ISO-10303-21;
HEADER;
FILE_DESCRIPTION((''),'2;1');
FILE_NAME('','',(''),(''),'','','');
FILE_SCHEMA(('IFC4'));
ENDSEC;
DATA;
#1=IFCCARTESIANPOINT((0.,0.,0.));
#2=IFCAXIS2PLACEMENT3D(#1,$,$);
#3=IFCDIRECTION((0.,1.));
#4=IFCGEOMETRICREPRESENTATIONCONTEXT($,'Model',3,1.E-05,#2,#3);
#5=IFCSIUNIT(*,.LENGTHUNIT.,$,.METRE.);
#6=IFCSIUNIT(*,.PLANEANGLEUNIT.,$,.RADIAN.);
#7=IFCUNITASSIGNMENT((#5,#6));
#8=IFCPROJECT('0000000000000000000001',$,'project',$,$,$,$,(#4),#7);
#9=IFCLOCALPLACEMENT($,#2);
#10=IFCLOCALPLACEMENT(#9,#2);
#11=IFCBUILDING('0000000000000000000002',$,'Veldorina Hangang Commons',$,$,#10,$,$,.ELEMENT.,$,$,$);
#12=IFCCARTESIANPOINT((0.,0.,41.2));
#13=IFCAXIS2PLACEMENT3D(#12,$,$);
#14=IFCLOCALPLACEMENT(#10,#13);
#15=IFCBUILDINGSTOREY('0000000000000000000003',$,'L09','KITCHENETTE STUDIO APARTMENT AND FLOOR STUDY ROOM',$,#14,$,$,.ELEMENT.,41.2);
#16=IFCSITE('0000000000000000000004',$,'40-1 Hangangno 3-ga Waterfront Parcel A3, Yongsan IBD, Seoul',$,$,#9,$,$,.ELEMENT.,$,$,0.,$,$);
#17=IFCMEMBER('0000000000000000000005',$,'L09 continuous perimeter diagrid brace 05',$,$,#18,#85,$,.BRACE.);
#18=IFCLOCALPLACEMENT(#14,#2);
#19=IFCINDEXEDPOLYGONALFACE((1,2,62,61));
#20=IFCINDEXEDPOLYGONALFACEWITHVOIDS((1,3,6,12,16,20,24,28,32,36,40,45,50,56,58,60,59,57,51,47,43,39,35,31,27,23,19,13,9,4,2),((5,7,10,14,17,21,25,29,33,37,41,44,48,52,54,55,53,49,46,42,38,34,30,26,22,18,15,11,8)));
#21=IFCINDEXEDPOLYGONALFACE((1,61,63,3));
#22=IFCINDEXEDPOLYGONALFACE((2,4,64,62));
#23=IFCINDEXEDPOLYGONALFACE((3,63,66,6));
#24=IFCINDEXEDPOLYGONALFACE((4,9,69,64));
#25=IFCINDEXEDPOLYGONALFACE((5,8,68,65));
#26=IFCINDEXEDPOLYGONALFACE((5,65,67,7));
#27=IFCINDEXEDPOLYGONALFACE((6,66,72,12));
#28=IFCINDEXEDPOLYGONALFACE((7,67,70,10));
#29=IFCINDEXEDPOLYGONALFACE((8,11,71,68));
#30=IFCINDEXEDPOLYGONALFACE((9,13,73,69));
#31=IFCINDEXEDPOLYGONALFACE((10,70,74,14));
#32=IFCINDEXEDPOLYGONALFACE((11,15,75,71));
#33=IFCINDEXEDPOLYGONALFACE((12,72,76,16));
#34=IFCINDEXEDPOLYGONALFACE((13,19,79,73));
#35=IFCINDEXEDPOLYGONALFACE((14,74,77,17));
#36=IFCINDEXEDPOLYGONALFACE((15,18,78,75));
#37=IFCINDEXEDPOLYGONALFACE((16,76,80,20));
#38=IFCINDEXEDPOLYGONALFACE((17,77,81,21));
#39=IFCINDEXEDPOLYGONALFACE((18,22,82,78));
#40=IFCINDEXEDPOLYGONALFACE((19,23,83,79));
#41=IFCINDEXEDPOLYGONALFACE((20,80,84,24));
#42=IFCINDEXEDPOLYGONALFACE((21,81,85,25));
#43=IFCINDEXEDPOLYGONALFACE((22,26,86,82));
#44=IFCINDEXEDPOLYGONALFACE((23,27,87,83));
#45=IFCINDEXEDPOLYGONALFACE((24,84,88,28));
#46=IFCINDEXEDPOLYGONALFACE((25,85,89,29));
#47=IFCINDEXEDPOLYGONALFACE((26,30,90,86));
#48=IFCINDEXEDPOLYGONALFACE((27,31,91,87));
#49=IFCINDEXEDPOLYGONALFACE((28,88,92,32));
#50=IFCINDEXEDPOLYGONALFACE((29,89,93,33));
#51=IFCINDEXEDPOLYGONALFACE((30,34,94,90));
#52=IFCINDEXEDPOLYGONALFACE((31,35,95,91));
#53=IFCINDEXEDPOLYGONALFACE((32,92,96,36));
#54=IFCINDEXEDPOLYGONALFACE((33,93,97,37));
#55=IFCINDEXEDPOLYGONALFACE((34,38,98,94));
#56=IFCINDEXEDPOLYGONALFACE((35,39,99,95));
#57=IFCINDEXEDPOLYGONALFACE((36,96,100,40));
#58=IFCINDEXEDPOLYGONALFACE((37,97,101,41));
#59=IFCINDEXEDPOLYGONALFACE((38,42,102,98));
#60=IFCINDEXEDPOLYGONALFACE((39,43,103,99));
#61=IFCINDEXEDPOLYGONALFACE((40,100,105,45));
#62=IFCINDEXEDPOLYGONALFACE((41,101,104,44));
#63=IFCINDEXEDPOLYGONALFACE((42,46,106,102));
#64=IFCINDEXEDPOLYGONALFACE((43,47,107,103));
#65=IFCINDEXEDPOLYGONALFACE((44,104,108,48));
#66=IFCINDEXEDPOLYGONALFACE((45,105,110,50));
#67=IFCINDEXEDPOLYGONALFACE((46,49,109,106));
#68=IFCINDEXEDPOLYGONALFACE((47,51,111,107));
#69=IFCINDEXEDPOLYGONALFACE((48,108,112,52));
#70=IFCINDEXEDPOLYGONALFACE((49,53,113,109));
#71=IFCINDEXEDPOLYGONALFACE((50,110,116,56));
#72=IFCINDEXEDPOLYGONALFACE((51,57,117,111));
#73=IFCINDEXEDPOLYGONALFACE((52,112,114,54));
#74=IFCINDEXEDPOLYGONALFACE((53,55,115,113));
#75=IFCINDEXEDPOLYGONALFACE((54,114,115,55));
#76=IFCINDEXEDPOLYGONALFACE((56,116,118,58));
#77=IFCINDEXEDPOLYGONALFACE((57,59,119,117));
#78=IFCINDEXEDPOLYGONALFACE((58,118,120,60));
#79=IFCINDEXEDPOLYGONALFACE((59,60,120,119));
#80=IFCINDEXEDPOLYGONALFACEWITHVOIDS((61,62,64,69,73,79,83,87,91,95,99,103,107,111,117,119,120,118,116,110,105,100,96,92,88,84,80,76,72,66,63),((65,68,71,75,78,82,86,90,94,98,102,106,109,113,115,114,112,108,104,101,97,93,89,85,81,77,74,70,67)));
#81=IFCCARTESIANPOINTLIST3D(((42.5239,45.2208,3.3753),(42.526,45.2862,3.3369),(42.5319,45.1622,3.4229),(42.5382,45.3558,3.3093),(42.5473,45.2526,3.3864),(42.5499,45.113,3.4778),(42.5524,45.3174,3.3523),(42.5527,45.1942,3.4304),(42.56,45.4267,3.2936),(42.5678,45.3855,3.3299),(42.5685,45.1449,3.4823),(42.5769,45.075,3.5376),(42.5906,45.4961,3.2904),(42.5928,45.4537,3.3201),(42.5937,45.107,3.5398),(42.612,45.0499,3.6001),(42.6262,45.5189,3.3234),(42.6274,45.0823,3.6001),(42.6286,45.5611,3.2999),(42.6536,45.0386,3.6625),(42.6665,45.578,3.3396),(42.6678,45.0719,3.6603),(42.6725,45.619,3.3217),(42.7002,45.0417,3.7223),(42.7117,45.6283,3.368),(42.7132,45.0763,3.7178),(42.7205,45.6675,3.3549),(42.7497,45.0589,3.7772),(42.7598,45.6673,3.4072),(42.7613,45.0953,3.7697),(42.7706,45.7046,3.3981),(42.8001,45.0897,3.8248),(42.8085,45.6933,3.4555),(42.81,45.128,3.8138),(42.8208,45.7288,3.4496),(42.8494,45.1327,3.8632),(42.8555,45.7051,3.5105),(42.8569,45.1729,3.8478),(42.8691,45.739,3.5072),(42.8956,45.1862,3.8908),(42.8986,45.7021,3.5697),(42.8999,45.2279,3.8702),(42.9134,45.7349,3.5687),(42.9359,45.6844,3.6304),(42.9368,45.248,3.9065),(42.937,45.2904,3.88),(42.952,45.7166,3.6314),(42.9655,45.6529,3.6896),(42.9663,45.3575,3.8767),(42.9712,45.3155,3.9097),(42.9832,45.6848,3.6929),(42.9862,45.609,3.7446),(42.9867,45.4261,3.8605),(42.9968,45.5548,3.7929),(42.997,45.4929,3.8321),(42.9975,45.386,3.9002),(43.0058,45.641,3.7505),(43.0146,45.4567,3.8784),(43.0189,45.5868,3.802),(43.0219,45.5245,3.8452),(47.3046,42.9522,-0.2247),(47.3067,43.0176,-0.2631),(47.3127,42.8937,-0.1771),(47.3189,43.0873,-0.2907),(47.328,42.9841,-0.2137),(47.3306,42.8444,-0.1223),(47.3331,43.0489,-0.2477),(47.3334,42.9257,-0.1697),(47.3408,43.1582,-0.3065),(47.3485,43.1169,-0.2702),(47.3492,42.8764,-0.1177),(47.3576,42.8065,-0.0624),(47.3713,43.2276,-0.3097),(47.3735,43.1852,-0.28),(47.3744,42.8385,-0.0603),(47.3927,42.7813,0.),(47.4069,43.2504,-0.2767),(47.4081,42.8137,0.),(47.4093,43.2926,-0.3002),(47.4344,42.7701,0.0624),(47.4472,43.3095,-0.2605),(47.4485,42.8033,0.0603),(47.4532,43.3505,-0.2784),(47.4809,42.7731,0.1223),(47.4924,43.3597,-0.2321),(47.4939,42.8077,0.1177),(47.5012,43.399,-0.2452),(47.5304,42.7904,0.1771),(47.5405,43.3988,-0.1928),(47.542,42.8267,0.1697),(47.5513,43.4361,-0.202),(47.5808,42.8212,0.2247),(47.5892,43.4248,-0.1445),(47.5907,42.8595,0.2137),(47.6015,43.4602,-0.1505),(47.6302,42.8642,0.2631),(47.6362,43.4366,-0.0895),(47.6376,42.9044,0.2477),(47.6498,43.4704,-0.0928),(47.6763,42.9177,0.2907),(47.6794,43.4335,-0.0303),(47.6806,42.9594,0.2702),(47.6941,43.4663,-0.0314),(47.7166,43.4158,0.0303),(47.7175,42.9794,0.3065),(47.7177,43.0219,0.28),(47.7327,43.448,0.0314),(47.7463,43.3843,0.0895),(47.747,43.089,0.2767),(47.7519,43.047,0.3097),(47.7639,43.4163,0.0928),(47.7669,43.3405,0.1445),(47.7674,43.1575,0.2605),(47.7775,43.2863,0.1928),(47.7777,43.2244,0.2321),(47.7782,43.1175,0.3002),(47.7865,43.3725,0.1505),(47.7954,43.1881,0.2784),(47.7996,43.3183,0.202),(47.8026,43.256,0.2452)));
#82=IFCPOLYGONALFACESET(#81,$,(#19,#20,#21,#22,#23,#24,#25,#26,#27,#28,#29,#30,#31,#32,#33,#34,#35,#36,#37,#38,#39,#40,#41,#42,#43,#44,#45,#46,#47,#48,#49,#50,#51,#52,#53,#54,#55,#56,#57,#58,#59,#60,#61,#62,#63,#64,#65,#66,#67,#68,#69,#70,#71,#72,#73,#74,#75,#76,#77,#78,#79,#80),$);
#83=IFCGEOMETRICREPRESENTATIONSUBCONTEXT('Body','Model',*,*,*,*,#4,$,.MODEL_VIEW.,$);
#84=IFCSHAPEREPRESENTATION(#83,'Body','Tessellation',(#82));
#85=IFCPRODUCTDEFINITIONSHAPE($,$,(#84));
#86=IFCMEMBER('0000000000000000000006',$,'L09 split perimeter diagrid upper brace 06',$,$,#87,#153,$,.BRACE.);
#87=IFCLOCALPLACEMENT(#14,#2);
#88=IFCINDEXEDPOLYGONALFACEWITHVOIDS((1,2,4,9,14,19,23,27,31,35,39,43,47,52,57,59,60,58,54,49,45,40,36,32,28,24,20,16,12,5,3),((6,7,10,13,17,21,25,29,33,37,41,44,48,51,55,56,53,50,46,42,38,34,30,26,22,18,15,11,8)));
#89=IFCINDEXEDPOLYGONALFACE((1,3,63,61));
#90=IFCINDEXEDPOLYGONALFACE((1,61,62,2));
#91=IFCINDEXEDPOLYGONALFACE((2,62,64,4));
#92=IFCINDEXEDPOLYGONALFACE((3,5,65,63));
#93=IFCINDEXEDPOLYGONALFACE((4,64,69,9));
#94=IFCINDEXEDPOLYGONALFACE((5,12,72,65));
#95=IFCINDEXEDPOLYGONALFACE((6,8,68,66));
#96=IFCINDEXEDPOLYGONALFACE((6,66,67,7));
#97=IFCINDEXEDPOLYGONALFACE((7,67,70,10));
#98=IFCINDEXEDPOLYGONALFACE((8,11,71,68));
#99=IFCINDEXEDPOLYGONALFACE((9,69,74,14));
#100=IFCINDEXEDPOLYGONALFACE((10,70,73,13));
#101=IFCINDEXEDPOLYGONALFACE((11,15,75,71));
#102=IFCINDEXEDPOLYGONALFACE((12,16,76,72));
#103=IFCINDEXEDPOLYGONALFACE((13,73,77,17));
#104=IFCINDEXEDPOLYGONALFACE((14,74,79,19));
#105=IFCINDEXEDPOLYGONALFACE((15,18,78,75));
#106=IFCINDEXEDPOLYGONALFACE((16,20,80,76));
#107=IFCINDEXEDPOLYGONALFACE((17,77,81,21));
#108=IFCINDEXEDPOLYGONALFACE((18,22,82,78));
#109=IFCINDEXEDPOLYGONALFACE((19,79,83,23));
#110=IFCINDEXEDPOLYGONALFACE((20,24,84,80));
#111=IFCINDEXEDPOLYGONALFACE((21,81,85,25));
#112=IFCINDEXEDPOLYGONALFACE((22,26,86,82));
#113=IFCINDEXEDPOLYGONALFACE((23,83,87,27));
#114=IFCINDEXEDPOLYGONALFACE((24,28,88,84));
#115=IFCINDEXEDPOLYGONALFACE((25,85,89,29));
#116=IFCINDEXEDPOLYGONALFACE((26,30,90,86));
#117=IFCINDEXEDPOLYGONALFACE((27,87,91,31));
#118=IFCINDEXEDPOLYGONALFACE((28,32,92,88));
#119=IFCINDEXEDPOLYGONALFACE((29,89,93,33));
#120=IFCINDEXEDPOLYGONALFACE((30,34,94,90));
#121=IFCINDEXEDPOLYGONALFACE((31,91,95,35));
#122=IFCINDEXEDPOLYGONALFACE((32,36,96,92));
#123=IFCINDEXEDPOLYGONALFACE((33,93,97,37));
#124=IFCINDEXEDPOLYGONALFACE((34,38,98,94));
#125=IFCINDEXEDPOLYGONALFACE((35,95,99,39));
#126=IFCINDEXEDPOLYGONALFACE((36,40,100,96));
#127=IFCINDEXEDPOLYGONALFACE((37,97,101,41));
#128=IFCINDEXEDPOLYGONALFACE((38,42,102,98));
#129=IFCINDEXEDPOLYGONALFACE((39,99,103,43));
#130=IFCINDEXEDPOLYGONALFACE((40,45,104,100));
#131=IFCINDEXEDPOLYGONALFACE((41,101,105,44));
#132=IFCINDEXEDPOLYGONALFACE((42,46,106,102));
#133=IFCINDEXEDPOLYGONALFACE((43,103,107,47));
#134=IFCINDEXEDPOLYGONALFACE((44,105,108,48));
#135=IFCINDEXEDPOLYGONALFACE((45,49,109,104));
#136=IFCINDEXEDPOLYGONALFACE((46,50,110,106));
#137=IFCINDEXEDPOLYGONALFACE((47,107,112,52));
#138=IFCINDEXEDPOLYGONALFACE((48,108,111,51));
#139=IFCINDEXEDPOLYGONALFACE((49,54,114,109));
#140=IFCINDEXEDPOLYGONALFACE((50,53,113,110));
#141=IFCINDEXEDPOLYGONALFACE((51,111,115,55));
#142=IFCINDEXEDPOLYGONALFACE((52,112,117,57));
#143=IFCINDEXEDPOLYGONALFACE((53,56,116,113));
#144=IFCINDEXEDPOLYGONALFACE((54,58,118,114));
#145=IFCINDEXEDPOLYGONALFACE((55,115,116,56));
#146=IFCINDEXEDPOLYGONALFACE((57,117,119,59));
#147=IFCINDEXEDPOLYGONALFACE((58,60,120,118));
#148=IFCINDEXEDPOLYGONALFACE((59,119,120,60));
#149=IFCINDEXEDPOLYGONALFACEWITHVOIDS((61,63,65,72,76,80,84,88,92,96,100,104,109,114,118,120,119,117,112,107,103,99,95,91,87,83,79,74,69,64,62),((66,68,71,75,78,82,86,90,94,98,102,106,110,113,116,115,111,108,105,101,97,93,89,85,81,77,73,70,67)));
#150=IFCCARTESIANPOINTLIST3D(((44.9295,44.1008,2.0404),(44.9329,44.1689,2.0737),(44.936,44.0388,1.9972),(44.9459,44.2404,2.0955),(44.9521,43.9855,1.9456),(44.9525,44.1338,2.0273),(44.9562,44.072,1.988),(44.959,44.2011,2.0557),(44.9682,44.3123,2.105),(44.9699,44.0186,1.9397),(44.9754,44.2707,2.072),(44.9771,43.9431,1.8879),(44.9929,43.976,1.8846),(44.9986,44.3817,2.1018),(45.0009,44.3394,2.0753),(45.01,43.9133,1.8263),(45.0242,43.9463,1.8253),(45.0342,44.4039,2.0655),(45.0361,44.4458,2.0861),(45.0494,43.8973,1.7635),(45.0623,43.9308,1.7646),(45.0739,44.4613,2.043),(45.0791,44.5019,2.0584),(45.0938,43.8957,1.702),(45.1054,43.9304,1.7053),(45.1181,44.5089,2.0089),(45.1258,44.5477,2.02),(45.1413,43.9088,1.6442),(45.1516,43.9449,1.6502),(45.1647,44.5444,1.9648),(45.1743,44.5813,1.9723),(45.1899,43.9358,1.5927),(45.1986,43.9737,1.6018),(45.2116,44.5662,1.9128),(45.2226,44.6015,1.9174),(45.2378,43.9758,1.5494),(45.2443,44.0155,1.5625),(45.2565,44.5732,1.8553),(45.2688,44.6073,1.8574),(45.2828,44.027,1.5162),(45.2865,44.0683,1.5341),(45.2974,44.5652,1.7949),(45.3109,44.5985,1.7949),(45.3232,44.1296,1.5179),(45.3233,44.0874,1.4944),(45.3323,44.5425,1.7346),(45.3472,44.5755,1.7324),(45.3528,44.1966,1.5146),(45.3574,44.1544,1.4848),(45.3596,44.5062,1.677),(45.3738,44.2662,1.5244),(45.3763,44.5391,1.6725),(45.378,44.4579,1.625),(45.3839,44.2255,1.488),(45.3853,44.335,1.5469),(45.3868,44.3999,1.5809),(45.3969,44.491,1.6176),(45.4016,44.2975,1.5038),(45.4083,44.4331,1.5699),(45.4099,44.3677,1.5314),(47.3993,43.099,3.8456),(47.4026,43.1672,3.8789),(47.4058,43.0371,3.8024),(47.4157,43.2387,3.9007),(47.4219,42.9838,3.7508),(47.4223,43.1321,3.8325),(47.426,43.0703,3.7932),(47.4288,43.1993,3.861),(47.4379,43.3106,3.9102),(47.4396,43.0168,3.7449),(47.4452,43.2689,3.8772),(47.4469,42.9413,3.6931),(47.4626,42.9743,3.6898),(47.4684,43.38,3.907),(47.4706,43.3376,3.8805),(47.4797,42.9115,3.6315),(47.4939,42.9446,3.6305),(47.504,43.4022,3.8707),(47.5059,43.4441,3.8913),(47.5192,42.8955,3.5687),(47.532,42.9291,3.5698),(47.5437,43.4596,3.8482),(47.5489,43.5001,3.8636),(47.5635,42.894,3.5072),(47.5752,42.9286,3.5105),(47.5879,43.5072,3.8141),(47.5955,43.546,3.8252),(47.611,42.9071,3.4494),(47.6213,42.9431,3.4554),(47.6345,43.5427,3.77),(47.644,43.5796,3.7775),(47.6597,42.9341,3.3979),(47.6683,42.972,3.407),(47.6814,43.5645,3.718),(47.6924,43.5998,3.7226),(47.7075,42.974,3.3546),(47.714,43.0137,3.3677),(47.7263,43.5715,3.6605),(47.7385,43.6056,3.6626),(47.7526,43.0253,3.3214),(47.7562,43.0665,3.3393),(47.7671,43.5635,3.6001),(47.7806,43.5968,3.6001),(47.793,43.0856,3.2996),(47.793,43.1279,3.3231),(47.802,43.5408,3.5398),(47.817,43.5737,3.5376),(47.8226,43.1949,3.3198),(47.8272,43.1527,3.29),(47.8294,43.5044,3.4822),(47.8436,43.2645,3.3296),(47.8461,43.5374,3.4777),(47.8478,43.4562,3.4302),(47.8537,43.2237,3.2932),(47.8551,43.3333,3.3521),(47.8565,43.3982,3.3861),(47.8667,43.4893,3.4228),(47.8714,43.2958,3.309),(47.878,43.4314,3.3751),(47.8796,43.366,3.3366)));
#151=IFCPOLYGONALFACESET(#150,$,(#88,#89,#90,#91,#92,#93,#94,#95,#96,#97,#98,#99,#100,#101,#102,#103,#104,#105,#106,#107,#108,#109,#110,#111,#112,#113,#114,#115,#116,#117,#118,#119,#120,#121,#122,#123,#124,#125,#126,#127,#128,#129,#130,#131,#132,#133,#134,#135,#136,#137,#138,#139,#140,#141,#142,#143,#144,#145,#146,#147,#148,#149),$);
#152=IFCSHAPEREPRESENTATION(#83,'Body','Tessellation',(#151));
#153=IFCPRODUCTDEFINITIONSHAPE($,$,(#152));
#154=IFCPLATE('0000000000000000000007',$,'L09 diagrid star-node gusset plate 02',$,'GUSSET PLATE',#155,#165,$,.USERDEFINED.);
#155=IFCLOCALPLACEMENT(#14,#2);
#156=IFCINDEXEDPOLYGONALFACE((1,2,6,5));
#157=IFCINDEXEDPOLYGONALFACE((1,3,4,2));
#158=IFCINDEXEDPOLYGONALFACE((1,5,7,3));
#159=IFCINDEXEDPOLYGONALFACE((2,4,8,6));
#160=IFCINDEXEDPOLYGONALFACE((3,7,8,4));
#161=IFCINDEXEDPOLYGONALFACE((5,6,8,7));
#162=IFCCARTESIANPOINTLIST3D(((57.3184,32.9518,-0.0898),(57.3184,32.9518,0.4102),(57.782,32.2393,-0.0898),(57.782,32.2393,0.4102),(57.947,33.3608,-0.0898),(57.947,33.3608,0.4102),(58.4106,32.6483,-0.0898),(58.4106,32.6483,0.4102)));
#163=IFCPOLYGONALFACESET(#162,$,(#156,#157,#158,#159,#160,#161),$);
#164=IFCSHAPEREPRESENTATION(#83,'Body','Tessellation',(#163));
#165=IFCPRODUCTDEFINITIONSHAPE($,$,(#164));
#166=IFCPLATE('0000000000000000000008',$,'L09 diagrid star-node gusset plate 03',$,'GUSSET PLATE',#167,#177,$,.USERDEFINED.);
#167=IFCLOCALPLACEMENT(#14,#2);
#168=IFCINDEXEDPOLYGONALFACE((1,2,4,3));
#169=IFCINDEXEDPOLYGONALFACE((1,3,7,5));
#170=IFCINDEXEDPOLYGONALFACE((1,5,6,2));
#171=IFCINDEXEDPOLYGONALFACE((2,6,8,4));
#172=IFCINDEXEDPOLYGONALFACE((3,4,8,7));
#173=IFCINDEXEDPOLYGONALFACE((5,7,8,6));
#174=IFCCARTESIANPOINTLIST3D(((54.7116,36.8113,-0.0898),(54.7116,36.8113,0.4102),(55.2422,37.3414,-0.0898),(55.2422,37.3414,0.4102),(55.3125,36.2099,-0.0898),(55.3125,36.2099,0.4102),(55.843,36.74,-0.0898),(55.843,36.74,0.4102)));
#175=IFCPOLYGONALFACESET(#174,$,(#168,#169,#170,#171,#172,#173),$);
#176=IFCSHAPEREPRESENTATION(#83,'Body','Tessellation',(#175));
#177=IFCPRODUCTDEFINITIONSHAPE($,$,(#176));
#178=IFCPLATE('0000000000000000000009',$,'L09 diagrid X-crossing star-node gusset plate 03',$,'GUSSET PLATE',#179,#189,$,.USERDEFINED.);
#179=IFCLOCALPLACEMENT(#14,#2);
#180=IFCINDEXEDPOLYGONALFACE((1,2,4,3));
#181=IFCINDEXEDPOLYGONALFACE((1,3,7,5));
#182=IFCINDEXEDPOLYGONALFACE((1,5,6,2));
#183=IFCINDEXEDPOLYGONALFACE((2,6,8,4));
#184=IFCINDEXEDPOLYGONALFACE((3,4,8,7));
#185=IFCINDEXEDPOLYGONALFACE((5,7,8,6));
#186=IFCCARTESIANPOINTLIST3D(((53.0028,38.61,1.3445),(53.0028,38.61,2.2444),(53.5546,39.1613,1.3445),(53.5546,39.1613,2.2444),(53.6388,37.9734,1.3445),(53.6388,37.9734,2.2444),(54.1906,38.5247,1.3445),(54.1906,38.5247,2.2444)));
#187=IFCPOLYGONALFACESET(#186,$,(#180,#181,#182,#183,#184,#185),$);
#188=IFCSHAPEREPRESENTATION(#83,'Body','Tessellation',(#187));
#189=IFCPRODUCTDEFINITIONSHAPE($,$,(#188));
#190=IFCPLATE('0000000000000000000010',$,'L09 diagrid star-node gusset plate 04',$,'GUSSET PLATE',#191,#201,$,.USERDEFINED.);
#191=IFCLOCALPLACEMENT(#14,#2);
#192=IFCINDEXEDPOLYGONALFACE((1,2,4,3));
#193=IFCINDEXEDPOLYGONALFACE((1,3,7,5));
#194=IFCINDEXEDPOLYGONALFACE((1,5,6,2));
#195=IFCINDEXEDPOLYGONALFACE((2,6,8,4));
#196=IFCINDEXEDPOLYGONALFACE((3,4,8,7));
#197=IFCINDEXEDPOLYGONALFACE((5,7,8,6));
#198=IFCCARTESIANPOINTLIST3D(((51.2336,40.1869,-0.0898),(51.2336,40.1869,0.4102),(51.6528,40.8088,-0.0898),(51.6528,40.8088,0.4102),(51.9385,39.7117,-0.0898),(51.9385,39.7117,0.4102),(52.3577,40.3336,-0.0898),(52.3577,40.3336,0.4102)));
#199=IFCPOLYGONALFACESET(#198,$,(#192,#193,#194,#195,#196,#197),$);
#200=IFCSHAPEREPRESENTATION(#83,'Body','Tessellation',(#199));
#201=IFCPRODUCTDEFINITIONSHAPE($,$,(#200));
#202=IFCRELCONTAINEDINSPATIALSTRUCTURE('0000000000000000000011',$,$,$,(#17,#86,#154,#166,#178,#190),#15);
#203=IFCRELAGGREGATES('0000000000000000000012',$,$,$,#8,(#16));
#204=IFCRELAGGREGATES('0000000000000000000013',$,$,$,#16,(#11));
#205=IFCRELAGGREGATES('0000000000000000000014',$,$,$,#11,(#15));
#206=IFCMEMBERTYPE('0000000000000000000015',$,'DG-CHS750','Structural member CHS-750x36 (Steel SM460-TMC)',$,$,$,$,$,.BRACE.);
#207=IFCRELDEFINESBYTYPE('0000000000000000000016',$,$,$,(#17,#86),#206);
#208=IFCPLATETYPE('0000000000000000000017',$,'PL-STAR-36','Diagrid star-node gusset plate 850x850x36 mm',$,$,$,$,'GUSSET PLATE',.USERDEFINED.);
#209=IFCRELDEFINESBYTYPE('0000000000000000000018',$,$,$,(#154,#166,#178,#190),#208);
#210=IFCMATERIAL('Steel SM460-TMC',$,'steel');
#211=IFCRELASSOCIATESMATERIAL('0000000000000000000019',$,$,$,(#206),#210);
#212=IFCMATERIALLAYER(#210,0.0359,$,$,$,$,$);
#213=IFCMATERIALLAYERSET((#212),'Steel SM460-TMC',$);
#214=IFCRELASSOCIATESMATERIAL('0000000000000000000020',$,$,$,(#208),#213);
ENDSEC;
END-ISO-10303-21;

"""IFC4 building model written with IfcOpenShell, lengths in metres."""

from ifc_helpers import new_model, si_unit, direction, frame, origin, origin_2d, place, context, subcontext, project, spatial, rectangle, hollow_circle, extrude, material, layer, layer_set, material_profile, profile_set, type_object, element, save


model = new_model("IFC4")

# Units and contexts
model_context = context("Model", 3, precision=1e-05, world=origin(), true_north=direction((0.0, 1.0)))
body_context = subcontext(model_context, "Body", "Model", "MODEL_VIEW")
ifc_project = project(units=[si_unit("LENGTHUNIT", "METRE"), si_unit("PLANEANGLEUNIT", "RADIAN")], contexts=[model_context])

# Site, building, storey
site_placement = place(None, origin())
site = spatial("IfcSite", under=ifc_project, at=site_placement, Name="40-1 Hangangno 3-ga Waterfront Parcel A3, Yongsan IBD, Seoul", CompositionType="ELEMENT", RefElevation=0.0)
building_placement = place(site_placement, origin())
building = spatial("IfcBuilding", under=site, at=building_placement, Name="Veldorina Hangang Commons", CompositionType="ELEMENT")
storey_placement = place(building_placement, frame((0.0, 0.0, 41.2)))
storey = spatial("IfcBuildingStorey", under=building, at=storey_placement, Name="L09", Description="KITCHENETTE STUDIO APARTMENT AND FLOOR STUDY ROOM", CompositionType="ELEMENT", Elevation=41.2)

# Shared definitions
ifc_material_1 = material(Name="Steel SM460-TMC", Category="steel")

# Members
ifc_material_profile_1 = material_profile(ifc_material_1, hollow_circle(Radius=0.375, WallThickness=0.0359, at=origin_2d()), Name="CHS-750x36")
ifc_profile_set_1 = profile_set([ifc_material_profile_1], Name="Steel SM460-TMC")
member_type = type_object("IfcMemberType", Name="DG-CHS750", Description="Structural member CHS-750x36 (Steel SM460-TMC)", PredefinedType="BRACE", material=ifc_profile_set_1)
member_1_placement = place(storey_placement, frame((47.5535, 43.1201, 0.0), z_axis=(-0.746969, 0.35445, 0.562497), x_axis=(-0.428701, -0.903446, 0.0)))
element("IfcMember", 1, at=member_1_placement, inside=storey, type_object=member_type, Name="L09 continuous perimeter diagrid brace 05", PredefinedType="BRACE", context=body_context, shape_type="SweptSolid", body=[
    extrude(hollow_circle(Radius=0.375, WallThickness=0.0359, at=origin_2d()), origin(), (0.0, 0.0, 1.0), 6.4001),
])
member_2_placement = place(storey_placement, frame((45.1699, 44.251, 1.7949), z_axis=(0.767246, -0.311191, 0.560797), x_axis=(0.375856, 0.926678, 0.0)))
element("IfcMember", 2, at=member_2_placement, inside=storey, type_object=member_type, Name="L09 split perimeter diagrid upper brace 06", PredefinedType="BRACE", context=body_context, shape_type="SweptSolid", body=[
    extrude(hollow_circle(Radius=0.375, WallThickness=0.0359, at=origin_2d()), origin(), (0.0, 0.0, 1.0), 3.219),
])

# Plates
ifc_layer_1 = layer(ifc_material_1, 0.0359)
ifc_layer_set_1 = layer_set([ifc_layer_1], Name="Steel SM460-TMC")
plate_type = type_object("IfcPlateType", Name="PL-STAR-36", Description="Diagrid star-node gusset plate 850x850x36 mm", ElementType="GUSSET PLATE", PredefinedType="USERDEFINED", material=ifc_layer_set_1)
for number, where, z_axis, x_axis, name in (
    (3, (57.8645, 32.8, -0.0898), (0.0, 0.0, 1.0), (-0.545429, 0.838157, 0.0), "L09 diagrid star-node gusset plate 02"),
    (4, (55.2773, 36.7756, -0.0898), (0.0, 0.0, 1.0), (-0.706798, 0.707415, 0.0), "L09 diagrid star-node gusset plate 03"),
):
    element("IfcPlate", number, at=place(storey_placement, frame(where, z_axis=z_axis, x_axis=x_axis)), inside=storey, type_object=plate_type, Name=name, ObjectType="GUSSET PLATE", PredefinedType="USERDEFINED", context=body_context, shape_type="SweptSolid", body=[
        extrude(rectangle(XDim=0.8501, YDim=0.75, at=origin_2d()), origin(), (0.0, 0.0, 1.0), 0.5),
    ])
plate_1_placement = place(storey_placement, frame((53.5967, 38.5674, 1.3445), z_axis=(0.0, 0.0, 1.0), x_axis=(-0.706798, 0.707415, 0.0)))
element("IfcPlate", 5, at=plate_1_placement, inside=storey, type_object=plate_type, Name="L09 diagrid X-crossing star-node gusset plate 03", ObjectType="GUSSET PLATE", PredefinedType="USERDEFINED", context=body_context, shape_type="SweptSolid", body=[
    extrude(rectangle(XDim=0.8999, YDim=0.78, at=origin_2d()), origin(), (0.0, 0.0, 1.0), 0.8999),
])
for number, where, z_axis, x_axis, name in (
    (6, (51.7957, 40.2603, -0.0898), (0.0, 0.0, 1.0), (-0.829184, 0.558976, 0.0), "L09 diagrid star-node gusset plate 04"),
):
    element("IfcPlate", number, at=place(storey_placement, frame(where, z_axis=z_axis, x_axis=x_axis)), inside=storey, type_object=plate_type, Name=name, ObjectType="GUSSET PLATE", PredefinedType="USERDEFINED", context=body_context, shape_type="SweptSolid", body=[
        extrude(rectangle(XDim=0.8501, YDim=0.75, at=origin_2d()), origin(), (0.0, 0.0, 1.0), 0.5),
    ])

save(model, "model.ifc")
